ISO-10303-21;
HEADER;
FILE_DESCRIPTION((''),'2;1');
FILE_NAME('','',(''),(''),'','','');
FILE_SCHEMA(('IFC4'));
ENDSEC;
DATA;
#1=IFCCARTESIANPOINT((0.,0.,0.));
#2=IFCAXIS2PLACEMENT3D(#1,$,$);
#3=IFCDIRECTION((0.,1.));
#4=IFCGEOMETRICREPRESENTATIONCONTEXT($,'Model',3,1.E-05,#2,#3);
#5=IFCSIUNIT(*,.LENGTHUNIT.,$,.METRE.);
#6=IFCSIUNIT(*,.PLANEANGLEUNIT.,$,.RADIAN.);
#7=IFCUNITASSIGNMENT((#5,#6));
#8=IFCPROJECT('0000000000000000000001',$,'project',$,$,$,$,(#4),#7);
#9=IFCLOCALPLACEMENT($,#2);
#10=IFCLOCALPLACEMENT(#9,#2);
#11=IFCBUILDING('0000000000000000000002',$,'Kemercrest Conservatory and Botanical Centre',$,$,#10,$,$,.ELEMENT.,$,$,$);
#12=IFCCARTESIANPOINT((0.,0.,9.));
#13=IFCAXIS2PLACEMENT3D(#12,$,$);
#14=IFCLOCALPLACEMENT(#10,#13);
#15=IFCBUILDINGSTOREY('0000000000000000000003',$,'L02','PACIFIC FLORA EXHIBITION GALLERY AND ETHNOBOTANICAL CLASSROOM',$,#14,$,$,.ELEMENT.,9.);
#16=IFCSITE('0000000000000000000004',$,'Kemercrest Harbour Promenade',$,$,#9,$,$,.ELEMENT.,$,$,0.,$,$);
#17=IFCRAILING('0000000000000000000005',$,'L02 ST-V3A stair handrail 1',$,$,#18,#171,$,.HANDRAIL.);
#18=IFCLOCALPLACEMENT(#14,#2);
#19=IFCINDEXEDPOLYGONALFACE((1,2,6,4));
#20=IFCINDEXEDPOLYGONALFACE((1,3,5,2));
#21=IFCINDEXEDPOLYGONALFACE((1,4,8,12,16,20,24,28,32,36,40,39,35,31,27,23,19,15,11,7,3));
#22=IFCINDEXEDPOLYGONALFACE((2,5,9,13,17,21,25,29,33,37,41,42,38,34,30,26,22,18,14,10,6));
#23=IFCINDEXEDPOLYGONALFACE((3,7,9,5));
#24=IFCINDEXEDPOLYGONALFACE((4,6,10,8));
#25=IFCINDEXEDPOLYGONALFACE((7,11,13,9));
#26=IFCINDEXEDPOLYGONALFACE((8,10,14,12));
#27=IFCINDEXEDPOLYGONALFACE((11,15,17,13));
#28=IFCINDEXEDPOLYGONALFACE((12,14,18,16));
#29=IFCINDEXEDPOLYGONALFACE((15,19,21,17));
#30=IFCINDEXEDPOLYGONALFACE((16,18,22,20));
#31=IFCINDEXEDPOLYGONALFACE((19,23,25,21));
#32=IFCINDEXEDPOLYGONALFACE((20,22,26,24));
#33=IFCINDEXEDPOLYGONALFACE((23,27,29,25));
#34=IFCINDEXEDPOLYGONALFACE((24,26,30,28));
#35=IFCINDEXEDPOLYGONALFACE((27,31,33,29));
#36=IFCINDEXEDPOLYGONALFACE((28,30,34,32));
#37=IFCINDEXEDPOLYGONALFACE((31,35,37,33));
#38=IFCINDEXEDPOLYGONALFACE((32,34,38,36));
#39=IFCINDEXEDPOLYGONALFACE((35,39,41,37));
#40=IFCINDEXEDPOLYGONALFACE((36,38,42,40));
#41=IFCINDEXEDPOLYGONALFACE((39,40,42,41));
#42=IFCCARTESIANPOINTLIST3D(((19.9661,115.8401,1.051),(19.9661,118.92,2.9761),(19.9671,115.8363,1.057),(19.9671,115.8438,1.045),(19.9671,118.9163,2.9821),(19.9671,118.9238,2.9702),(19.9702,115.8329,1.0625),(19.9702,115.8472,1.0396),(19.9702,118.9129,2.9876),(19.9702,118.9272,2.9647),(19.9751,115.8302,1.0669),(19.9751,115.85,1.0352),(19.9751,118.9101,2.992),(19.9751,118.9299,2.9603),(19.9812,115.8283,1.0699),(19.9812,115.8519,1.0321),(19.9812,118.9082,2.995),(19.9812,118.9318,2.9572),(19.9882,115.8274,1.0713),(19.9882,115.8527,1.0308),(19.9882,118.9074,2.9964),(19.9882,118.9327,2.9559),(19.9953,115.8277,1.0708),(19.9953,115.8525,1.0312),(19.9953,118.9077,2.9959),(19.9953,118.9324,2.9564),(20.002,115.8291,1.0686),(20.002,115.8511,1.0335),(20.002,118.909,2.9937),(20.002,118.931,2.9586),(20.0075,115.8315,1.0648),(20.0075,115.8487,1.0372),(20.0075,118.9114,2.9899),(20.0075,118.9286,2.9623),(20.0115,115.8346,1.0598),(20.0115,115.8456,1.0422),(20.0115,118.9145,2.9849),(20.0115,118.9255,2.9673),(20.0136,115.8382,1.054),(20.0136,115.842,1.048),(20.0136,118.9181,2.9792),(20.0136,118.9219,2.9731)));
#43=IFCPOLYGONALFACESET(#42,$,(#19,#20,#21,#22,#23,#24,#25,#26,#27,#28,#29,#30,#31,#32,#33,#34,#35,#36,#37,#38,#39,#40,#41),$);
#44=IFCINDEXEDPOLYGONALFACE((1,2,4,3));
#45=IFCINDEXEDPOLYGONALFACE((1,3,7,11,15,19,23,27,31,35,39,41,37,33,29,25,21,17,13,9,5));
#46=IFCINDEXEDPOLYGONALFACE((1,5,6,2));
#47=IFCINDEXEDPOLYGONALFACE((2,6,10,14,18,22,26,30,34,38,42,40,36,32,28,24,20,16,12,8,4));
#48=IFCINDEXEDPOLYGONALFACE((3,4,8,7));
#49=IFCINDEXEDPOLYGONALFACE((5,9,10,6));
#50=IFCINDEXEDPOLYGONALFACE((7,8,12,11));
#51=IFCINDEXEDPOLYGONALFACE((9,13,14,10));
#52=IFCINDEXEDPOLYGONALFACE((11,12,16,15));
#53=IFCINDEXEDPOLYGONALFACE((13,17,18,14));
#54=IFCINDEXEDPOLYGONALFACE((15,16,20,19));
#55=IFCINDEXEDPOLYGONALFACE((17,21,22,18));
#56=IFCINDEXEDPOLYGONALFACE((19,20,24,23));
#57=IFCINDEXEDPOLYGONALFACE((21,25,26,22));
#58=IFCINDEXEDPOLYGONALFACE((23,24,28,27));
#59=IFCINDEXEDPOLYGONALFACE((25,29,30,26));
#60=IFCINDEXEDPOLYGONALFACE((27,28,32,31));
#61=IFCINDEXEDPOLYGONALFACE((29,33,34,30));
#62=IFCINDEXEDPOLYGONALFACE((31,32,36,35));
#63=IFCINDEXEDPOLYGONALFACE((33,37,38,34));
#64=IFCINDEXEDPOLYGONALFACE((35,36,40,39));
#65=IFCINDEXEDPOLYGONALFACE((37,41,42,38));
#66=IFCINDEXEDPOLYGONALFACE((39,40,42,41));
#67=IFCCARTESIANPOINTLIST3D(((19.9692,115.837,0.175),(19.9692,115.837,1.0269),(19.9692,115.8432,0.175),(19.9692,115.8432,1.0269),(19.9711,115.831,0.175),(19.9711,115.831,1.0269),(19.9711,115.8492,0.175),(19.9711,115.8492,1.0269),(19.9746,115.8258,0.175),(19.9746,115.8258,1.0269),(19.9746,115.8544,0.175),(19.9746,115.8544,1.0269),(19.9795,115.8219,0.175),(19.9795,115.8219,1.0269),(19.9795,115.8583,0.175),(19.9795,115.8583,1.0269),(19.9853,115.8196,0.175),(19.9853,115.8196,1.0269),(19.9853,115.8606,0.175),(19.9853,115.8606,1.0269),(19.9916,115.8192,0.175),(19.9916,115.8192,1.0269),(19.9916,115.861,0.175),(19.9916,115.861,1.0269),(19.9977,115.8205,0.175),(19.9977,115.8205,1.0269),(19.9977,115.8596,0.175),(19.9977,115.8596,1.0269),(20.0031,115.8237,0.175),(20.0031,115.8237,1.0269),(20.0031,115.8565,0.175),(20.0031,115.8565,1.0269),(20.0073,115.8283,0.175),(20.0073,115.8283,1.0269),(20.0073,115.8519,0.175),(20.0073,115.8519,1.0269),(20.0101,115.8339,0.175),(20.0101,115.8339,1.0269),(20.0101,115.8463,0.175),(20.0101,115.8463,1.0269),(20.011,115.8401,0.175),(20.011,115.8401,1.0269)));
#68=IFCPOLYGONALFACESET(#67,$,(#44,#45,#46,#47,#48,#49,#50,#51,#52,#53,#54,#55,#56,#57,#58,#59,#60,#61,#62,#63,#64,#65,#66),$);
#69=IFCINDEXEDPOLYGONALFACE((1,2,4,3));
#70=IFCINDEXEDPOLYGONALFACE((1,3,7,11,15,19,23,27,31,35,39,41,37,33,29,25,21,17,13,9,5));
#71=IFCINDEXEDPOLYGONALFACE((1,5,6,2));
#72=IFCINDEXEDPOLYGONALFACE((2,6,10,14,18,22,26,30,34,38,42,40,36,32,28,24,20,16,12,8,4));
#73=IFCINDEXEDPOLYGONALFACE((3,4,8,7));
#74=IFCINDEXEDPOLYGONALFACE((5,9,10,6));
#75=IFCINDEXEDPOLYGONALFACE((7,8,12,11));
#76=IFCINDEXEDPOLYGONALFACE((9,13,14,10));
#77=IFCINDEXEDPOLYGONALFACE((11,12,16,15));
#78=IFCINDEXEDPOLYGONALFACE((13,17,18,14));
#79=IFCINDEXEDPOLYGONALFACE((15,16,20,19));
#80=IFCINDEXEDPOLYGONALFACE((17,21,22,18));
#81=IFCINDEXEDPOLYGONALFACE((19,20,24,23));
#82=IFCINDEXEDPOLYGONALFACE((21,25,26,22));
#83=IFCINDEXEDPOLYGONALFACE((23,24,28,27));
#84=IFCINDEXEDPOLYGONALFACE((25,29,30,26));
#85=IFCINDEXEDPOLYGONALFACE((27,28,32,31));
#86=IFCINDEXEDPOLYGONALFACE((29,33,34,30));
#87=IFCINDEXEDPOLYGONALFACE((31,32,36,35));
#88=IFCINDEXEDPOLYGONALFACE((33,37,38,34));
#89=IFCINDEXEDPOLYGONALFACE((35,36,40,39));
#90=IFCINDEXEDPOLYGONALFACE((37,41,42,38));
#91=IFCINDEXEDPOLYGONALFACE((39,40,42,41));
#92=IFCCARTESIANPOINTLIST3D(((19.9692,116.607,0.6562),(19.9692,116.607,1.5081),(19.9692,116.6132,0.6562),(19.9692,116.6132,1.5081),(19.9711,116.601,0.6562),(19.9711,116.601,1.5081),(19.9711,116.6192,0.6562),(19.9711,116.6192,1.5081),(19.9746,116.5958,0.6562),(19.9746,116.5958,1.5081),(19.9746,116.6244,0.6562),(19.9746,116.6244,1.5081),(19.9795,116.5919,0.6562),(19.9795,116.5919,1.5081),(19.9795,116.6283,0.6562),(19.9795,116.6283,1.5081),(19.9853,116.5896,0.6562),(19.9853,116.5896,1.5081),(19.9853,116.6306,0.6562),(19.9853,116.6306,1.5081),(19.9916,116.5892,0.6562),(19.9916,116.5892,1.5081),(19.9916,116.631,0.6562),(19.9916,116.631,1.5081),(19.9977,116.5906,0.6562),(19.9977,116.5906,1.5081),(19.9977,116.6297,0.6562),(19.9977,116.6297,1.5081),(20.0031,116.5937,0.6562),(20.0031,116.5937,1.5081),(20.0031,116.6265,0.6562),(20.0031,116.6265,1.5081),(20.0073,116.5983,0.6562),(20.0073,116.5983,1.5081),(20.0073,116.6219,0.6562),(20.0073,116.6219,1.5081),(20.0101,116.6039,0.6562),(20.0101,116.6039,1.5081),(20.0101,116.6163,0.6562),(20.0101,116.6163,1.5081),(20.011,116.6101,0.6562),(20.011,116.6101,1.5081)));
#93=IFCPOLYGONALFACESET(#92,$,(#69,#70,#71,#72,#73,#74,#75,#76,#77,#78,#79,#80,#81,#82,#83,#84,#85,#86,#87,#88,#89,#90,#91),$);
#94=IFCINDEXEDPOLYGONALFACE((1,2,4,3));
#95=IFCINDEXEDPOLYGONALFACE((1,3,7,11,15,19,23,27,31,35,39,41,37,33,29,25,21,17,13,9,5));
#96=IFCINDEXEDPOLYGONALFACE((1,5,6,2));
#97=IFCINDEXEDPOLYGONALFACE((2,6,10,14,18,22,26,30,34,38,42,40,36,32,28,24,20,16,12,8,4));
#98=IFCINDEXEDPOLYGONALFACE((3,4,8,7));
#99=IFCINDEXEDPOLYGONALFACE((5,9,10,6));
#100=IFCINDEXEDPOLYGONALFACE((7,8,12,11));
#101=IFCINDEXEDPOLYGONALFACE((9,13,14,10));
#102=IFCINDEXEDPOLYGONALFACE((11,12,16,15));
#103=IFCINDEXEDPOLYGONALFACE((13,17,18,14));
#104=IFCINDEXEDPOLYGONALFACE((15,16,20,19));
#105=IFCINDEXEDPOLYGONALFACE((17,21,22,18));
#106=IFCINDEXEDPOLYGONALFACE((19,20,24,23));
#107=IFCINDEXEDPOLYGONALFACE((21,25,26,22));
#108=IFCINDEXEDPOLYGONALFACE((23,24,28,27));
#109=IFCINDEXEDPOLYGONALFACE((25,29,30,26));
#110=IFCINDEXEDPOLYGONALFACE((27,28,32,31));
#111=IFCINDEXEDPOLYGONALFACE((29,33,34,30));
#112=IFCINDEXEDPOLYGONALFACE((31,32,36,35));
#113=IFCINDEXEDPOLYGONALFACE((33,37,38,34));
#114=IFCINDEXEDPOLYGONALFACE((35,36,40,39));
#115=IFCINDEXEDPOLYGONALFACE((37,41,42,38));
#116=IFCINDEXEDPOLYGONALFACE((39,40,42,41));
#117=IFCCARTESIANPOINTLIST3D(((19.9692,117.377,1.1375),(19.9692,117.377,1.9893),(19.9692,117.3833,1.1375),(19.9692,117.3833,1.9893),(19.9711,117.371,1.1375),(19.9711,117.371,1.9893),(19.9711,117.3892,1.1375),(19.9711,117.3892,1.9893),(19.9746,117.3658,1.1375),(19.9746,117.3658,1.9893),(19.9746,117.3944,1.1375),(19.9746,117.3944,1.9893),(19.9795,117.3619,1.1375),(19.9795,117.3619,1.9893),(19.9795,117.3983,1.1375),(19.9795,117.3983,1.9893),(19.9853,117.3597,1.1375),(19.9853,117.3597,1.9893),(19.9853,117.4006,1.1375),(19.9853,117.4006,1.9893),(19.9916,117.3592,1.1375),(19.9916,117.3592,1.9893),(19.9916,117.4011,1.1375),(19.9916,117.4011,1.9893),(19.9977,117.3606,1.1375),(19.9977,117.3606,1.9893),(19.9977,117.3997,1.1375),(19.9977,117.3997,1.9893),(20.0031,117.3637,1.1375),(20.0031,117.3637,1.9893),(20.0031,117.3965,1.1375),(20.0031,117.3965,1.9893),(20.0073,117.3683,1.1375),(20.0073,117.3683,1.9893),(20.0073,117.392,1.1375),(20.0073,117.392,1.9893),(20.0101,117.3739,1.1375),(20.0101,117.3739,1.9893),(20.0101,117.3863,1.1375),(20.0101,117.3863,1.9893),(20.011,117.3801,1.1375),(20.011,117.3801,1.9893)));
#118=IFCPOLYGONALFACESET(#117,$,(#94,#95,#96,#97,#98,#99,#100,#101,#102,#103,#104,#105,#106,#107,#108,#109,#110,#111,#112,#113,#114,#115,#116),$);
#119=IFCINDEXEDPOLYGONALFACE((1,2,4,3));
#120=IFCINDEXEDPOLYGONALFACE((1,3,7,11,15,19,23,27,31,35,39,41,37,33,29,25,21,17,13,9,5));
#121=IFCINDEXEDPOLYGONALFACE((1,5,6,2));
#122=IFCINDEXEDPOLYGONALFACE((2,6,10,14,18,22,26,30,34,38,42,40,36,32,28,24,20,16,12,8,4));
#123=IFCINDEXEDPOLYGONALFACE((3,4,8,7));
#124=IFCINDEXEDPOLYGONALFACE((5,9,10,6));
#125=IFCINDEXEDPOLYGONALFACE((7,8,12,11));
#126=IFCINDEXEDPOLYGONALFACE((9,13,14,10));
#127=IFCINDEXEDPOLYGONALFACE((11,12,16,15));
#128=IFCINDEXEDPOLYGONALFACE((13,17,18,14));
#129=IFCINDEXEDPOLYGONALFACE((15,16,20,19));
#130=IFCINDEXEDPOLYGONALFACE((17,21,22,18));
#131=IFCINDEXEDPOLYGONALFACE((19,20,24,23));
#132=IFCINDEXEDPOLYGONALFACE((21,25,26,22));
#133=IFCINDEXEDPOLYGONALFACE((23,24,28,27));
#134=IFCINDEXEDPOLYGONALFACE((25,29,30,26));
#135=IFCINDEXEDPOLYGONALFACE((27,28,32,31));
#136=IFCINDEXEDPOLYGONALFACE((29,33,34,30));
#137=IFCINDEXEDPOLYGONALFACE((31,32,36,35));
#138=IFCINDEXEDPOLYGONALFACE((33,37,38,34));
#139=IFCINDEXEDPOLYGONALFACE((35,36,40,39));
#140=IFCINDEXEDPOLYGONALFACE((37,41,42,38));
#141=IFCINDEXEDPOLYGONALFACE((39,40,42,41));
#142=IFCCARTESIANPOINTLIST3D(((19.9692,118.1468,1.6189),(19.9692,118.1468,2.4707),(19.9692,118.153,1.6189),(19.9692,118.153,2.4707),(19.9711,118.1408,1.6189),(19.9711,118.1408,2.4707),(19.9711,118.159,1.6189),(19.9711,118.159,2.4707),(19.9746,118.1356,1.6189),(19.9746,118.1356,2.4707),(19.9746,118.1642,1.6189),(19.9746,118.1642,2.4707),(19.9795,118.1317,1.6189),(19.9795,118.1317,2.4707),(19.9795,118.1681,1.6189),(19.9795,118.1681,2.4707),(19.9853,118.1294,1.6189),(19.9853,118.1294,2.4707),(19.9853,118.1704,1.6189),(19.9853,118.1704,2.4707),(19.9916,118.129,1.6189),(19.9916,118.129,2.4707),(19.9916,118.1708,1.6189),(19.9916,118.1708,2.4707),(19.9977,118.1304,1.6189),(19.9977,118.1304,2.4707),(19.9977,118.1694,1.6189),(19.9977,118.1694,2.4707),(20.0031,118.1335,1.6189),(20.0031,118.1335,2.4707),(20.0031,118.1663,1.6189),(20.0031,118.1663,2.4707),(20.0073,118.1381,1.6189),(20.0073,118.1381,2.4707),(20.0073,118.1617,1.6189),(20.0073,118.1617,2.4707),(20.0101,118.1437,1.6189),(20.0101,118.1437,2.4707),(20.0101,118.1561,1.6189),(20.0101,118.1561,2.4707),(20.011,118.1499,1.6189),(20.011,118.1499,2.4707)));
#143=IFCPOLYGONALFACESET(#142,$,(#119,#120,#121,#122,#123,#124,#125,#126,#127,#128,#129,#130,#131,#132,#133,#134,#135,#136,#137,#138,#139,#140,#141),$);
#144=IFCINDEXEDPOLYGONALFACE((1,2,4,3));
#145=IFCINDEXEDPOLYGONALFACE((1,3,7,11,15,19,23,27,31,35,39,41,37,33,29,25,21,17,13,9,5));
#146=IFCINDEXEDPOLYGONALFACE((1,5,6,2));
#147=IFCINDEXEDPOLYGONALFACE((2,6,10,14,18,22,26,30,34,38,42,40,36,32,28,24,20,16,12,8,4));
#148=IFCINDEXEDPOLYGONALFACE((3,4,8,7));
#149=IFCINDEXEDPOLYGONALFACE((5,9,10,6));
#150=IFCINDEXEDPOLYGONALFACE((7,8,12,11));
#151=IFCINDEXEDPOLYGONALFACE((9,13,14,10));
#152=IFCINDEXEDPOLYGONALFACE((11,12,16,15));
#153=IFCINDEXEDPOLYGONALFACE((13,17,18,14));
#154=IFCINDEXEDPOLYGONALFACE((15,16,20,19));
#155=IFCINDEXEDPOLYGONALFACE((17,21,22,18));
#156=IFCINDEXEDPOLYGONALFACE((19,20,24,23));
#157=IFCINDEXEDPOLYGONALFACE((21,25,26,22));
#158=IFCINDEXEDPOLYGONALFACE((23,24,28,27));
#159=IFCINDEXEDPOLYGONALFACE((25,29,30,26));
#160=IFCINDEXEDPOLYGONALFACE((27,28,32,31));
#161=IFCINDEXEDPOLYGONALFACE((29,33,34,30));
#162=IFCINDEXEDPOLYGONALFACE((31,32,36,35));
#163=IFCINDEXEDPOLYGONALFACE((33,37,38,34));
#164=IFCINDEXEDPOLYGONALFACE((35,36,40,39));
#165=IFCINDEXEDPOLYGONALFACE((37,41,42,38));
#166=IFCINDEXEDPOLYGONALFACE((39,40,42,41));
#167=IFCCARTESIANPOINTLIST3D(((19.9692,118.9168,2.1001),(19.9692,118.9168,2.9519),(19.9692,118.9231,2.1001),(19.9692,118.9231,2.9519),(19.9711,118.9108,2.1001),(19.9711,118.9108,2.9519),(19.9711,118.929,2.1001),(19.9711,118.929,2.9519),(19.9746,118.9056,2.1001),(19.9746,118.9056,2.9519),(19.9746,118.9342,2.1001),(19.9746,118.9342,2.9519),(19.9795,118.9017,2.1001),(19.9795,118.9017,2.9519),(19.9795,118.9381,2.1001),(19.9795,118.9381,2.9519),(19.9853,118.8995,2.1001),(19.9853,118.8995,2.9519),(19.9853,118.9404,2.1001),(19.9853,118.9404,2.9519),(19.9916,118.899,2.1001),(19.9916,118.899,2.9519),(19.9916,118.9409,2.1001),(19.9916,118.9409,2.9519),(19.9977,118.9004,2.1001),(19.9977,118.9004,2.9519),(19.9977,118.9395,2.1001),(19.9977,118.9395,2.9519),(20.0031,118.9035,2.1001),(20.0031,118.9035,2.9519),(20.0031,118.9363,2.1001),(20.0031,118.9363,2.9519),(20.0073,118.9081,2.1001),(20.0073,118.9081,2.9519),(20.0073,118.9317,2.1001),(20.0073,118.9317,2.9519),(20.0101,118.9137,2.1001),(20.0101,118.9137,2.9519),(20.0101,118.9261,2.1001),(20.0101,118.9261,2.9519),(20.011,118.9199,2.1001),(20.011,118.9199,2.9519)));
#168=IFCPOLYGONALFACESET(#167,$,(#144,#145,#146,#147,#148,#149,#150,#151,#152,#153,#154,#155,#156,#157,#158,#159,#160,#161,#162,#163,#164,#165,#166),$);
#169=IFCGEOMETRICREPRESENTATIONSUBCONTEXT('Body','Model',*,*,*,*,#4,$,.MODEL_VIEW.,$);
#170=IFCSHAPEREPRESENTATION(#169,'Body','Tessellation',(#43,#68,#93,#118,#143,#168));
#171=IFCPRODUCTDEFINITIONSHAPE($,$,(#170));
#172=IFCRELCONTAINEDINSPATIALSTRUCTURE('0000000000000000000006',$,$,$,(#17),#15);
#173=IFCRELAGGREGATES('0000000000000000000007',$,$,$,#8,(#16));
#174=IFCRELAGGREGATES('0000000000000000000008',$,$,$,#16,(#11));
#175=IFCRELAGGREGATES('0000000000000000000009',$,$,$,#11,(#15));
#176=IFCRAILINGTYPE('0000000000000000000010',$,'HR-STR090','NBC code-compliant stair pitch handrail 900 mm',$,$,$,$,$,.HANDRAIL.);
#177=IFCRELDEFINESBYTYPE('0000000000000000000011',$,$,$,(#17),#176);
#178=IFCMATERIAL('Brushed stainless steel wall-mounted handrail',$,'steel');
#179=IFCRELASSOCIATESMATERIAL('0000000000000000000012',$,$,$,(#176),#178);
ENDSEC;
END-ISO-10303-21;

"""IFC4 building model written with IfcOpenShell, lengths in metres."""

from ifc_helpers import new_model, si_unit, direction, frame, origin, origin_2d, place, context, subcontext, project, spatial, circle, extrude, material, type_object, element, save


model = new_model("IFC4")

# Units and contexts
model_context = context("Model", 3, precision=1e-05, world=origin(), true_north=direction((0.0, 1.0)))
body_context = subcontext(model_context, "Body", "Model", "MODEL_VIEW")
ifc_project = project(units=[si_unit("LENGTHUNIT", "METRE"), si_unit("PLANEANGLEUNIT", "RADIAN")], contexts=[model_context])

# Site, building, storey
site_placement = place(None, origin())
site = spatial("IfcSite", under=ifc_project, at=site_placement, Name="Kemercrest Harbour Promenade", CompositionType="ELEMENT", RefElevation=0.0)
building_placement = place(site_placement, origin())
building = spatial("IfcBuilding", under=site, at=building_placement, Name="Kemercrest Conservatory and Botanical Centre", CompositionType="ELEMENT")
storey_placement = place(building_placement, frame((0.0, 0.0, 9.0)))
storey = spatial("IfcBuildingStorey", under=building, at=storey_placement, Name="L02", Description="PACIFIC FLORA EXHIBITION GALLERY AND ETHNOBOTANICAL CLASSROOM", CompositionType="ELEMENT", Elevation=9.0)

# Railing
ifc_material_1 = material(Name="Brushed stainless steel wall-mounted handrail", Category="steel")
railing_type_1 = type_object("IfcRailingType", Name="HR-STR090", Description="NBC code-compliant stair pitch handrail 900 mm", PredefinedType="HANDRAIL", material=ifc_material_1)
railing_1_placement = place(storey_placement, frame((19.99, 115.8401, 0.175)))
element("IfcRailing", 1, at=railing_1_placement, inside=storey, type_object=railing_type_1, Name="L02 ST-V3A stair handrail 1", PredefinedType="HANDRAIL", context=body_context, shape_type="SweptSolid", body=[
    extrude(circle(Radius=0.0239, at=origin_2d()), frame((0.0, 0.0, 0.876), z_axis=(0.0, 0.847979, 0.530029), x_axis=(-1.0, 0.0, 0.0)), (0.0, 0.0, 1.0), 3.6321),
    extrude(circle(Radius=0.021, at=origin_2d()), origin(), (0.0, 0.0, 1.0), 0.8518),
    extrude(circle(Radius=0.021, at=origin_2d()), frame((0.0, 0.77, 0.4812)), (0.0, 0.0, 1.0), 0.8518),
    extrude(circle(Radius=0.021, at=origin_2d()), frame((0.0, 1.54, 0.9624)), (0.0, 0.0, 1.0), 0.8518),
    extrude(circle(Radius=0.021, at=origin_2d()), frame((0.0, 2.3098, 1.4438)), (0.0, 0.0, 1.0), 0.8518),
    extrude(circle(Radius=0.021, at=origin_2d()), frame((0.0, 3.0798, 1.925)), (0.0, 0.0, 1.0), 0.8518),
])

save(model, "model.ifc")
